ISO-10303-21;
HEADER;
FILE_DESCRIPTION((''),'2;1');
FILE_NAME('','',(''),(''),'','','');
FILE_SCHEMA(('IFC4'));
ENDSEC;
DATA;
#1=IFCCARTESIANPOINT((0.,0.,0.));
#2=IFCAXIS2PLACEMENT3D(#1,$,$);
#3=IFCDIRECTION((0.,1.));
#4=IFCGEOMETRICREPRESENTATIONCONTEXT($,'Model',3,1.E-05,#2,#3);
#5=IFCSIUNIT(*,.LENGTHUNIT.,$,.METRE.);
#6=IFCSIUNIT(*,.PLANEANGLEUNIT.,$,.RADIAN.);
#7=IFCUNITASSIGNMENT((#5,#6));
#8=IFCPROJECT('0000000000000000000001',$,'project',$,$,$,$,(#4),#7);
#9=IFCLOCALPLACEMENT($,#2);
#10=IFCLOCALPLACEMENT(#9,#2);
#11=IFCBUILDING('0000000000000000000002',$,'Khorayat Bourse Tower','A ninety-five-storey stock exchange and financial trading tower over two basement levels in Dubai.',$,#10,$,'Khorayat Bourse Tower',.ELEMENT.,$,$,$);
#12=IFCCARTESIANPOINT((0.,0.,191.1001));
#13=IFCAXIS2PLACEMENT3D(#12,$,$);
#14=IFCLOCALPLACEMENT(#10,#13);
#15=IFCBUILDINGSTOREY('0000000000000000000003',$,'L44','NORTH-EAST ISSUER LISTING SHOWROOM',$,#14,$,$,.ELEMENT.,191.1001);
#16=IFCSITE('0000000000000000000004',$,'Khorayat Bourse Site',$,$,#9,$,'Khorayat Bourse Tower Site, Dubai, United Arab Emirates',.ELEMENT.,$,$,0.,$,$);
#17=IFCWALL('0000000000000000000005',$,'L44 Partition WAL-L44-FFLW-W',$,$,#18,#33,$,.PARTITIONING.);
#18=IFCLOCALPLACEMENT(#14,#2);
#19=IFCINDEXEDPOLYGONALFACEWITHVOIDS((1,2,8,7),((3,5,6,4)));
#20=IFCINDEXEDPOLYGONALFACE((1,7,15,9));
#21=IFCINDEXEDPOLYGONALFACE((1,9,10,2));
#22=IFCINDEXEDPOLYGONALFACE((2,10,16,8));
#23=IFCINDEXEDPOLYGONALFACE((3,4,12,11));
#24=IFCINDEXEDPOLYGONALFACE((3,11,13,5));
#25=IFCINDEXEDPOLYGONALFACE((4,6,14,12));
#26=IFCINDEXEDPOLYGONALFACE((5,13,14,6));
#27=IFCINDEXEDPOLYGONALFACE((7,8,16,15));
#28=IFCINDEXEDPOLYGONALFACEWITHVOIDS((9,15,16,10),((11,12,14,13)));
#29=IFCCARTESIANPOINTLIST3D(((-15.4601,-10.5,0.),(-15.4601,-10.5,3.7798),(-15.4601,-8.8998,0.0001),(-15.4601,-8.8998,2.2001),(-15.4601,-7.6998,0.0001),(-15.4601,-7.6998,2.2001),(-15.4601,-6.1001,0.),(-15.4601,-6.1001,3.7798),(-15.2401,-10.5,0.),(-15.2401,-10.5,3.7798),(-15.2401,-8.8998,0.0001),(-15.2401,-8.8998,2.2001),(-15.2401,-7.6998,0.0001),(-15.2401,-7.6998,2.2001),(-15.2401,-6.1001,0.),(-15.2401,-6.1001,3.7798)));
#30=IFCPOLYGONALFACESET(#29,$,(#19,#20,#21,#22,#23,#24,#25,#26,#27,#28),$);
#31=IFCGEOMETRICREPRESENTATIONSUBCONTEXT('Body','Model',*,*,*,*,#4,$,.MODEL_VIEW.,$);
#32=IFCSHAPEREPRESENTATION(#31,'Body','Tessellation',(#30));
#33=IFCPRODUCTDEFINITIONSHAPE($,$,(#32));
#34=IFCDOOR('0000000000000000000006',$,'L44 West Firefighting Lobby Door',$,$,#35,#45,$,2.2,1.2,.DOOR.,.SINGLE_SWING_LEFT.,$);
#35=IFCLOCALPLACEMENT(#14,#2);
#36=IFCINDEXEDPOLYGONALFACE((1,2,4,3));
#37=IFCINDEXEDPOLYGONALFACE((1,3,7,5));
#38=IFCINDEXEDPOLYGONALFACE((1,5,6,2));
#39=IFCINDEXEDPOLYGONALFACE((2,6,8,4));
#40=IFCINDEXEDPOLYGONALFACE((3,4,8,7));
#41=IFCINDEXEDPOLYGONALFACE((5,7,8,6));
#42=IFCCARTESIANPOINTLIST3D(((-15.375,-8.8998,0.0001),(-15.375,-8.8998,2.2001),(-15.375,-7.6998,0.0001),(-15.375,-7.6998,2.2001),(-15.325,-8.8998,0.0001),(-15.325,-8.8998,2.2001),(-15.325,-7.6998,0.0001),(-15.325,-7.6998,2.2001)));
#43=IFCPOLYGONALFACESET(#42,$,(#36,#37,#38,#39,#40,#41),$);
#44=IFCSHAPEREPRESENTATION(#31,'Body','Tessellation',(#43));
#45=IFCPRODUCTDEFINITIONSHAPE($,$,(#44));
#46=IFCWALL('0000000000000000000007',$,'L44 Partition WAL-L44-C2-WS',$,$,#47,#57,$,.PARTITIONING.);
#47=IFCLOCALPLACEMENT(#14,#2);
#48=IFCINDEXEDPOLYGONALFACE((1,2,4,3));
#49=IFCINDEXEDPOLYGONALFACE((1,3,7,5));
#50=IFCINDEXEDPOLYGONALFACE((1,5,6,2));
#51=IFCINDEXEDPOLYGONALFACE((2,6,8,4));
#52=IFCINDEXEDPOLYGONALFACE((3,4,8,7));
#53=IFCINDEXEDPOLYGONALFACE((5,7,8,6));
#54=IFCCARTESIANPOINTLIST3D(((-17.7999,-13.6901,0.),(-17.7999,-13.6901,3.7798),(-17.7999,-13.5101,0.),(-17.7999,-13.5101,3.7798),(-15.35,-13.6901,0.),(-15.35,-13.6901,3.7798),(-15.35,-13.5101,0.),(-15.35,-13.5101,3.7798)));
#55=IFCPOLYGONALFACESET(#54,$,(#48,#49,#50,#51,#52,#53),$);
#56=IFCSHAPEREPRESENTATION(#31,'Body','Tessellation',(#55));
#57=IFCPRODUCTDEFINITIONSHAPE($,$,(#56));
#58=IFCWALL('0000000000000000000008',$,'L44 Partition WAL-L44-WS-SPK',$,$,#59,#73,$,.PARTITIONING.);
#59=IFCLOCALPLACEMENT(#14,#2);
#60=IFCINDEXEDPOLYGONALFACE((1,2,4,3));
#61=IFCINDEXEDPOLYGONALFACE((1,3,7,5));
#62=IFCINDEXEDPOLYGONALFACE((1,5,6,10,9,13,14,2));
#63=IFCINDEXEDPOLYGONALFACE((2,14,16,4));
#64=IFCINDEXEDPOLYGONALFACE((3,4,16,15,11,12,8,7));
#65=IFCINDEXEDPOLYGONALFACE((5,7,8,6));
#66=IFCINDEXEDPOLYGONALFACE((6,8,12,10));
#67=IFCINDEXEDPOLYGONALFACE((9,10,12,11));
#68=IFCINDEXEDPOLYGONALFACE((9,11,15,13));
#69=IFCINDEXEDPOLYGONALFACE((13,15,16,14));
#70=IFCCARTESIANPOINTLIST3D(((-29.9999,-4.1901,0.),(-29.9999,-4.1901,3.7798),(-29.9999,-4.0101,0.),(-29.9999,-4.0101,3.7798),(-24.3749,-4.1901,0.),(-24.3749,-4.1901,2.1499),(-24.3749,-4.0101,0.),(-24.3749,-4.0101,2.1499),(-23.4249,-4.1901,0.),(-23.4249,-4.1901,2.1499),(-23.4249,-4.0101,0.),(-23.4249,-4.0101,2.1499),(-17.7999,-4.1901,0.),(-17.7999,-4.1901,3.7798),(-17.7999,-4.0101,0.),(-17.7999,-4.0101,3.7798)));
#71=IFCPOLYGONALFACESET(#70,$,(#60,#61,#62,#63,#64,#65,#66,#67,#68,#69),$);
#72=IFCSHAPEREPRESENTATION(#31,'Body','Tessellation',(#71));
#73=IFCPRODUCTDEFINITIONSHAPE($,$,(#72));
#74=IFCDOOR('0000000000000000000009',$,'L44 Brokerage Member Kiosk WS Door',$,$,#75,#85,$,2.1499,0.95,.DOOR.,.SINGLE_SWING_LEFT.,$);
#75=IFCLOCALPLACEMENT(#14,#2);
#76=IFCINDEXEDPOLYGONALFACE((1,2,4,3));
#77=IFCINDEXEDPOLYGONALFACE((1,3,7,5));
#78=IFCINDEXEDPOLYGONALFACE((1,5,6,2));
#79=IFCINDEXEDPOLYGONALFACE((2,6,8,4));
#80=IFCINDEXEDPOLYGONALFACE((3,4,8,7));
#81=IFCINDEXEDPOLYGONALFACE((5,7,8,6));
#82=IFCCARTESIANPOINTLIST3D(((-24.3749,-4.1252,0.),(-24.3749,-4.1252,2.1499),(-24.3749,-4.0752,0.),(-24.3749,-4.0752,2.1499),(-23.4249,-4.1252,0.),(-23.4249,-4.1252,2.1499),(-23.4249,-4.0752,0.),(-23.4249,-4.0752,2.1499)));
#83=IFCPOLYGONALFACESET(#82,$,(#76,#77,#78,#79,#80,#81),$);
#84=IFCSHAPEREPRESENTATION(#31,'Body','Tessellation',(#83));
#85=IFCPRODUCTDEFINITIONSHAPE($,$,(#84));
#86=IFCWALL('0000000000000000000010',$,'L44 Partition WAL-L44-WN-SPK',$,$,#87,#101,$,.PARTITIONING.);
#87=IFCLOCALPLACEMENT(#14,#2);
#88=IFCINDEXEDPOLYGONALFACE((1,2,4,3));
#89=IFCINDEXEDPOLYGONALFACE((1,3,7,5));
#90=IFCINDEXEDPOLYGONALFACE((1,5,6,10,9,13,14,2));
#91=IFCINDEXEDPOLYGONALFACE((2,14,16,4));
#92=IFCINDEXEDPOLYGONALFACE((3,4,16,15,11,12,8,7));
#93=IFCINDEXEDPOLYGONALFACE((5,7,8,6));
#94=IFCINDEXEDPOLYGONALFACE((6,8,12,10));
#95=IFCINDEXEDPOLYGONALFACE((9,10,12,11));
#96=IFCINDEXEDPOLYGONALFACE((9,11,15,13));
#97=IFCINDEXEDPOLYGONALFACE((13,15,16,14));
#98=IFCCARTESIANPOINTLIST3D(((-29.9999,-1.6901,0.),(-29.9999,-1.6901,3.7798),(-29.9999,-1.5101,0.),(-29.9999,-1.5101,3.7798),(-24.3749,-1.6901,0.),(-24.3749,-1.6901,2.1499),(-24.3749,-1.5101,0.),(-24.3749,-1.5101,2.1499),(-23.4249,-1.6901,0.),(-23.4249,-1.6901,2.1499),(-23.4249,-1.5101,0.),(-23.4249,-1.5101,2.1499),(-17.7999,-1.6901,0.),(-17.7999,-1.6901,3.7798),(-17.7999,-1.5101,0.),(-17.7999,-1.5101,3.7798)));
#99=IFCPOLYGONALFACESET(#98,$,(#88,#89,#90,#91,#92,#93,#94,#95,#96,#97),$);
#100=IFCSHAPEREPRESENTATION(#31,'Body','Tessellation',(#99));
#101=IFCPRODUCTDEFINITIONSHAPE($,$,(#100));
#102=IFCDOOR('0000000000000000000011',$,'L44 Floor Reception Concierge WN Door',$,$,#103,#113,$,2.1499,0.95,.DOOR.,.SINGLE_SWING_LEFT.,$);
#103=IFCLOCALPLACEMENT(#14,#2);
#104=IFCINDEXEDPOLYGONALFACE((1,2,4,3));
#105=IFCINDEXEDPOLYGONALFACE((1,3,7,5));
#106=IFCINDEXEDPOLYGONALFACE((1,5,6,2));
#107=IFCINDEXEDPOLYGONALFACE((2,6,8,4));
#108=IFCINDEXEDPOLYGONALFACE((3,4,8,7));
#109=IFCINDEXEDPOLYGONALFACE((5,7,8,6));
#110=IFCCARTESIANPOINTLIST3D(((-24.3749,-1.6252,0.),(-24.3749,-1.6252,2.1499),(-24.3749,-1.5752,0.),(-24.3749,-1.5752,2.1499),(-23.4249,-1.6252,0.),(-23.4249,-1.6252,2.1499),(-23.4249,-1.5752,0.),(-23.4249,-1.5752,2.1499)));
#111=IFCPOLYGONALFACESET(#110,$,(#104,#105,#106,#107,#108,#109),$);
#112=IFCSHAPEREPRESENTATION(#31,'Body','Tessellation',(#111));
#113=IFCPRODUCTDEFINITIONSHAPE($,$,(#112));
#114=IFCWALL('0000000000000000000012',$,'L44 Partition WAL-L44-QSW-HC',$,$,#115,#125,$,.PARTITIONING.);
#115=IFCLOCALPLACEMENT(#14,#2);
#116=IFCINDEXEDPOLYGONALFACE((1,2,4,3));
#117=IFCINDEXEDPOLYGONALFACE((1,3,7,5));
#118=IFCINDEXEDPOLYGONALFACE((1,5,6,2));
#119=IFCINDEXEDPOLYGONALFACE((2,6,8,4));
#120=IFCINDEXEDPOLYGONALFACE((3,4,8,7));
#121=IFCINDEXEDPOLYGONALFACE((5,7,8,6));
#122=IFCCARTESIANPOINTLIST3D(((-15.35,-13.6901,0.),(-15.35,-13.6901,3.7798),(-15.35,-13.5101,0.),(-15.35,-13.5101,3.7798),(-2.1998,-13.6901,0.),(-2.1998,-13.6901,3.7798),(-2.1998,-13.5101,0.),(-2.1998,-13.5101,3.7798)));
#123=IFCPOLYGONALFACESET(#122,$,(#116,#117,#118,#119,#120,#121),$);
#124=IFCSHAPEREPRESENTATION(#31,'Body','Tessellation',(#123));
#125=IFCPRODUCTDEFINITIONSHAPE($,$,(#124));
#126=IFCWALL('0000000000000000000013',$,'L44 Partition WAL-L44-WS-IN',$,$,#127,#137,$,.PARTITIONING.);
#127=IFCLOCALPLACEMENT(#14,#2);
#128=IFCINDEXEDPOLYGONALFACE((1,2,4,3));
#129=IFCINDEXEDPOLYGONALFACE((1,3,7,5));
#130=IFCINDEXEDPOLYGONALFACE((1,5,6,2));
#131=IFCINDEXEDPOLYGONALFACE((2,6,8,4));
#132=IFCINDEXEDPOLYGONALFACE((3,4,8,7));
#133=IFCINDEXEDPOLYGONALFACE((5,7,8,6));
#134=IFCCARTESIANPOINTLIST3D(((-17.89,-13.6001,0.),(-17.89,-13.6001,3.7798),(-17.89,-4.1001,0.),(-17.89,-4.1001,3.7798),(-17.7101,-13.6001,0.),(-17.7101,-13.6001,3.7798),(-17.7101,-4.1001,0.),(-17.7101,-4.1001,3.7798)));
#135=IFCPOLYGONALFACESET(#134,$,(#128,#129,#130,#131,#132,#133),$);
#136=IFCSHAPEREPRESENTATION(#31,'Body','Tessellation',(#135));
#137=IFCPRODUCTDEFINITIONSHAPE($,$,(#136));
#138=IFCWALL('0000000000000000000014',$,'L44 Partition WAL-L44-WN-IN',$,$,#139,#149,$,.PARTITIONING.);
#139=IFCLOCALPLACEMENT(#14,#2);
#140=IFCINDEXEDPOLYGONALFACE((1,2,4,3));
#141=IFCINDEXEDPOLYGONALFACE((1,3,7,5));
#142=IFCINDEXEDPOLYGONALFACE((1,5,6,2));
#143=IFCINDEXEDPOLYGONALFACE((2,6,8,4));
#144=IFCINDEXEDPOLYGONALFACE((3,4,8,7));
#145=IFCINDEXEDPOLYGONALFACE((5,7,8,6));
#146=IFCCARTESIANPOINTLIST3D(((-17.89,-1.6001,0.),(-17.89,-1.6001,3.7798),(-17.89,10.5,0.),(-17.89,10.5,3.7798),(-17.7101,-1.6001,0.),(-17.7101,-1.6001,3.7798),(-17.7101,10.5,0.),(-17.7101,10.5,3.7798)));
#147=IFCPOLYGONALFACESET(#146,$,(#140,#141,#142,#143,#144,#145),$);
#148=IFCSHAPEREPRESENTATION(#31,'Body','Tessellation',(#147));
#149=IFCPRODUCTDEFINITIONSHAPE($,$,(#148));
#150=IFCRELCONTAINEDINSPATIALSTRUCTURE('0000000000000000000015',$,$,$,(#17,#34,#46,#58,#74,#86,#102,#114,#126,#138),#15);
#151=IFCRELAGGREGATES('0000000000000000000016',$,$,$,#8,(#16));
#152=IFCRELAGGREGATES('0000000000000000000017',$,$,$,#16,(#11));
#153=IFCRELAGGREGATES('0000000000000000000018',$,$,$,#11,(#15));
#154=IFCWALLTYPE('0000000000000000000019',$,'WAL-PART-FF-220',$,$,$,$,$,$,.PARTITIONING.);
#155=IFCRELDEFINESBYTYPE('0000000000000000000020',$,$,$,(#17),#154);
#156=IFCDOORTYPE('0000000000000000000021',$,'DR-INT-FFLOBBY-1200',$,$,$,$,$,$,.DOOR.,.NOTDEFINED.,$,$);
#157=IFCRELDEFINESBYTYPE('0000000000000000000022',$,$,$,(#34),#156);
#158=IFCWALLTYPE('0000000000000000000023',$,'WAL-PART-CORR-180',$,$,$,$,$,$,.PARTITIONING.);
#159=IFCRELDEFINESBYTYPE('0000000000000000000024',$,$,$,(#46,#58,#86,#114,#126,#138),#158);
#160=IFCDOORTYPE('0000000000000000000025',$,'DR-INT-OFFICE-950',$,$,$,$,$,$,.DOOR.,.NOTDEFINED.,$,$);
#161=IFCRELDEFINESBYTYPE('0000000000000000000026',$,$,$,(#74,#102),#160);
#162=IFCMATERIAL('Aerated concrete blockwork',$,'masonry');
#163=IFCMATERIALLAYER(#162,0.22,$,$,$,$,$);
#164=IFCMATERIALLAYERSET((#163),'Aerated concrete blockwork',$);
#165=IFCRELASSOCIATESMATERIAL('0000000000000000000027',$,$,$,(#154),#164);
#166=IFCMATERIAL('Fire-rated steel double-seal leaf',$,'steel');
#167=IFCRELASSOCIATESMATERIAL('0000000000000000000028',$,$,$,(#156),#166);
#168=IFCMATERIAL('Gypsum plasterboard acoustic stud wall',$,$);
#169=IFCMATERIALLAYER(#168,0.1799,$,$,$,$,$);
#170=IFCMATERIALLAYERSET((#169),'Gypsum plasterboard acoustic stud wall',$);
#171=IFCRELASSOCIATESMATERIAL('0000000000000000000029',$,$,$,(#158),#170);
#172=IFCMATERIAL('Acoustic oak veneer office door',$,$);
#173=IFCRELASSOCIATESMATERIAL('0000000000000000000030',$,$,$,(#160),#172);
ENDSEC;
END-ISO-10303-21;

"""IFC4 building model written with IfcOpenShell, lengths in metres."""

from ifc_helpers import new_model, si_unit, direction, frame, frame_2d, origin, place, context, subcontext, project, spatial, rectangle, extrude, source, transform, mapped, material, layer, layer_set, type_object, element, fill, save


model = new_model("IFC4")

# Units and contexts
model_context = context("Model", 3, precision=1e-05, world=origin(), true_north=direction((0.0, 1.0)))
body_context = subcontext(model_context, "Body", "Model", "MODEL_VIEW")
ifc_project = project(units=[si_unit("LENGTHUNIT", "METRE"), si_unit("PLANEANGLEUNIT", "RADIAN")], contexts=[model_context])

# Site, building, storey
site_placement = place(None, origin())
site = spatial("IfcSite", under=ifc_project, at=site_placement, Name="Khorayat Bourse Site", LongName="Khorayat Bourse Tower Site, Dubai, United Arab Emirates", CompositionType="ELEMENT", RefElevation=0.0)
building_placement = place(site_placement, origin())
building = spatial("IfcBuilding", under=site, at=building_placement, Name="Khorayat Bourse Tower", Description="A ninety-five-storey stock exchange and financial trading tower over two basement levels in Dubai.", LongName="Khorayat Bourse Tower", CompositionType="ELEMENT")
storey_placement = place(building_placement, frame((0.0, 0.0, 191.1001)))
storey = spatial("IfcBuildingStorey", under=building, at=storey_placement, Name="L44", Description="NORTH-EAST ISSUER LISTING SHOWROOM", CompositionType="ELEMENT", Elevation=191.1001)

# Shared definitions
ifc_material_1 = material(Name="Aerated concrete blockwork", Category="masonry")
ifc_layer_1 = layer(ifc_material_1, 0.22)
ifc_layer_set_1 = layer_set([ifc_layer_1], Name="Aerated concrete blockwork")
wall_type_1 = type_object("IfcWallType", Name="WAL-PART-FF-220", PredefinedType="PARTITIONING", material=ifc_layer_set_1)

# Wall, opening, door
shared_shape_1 = source(origin(), body_context, "Body", "SweptSolid", [
    extrude(rectangle(XDim=4.3999, YDim=0.22, at=frame_2d((2.2, 0.0))), origin(), (0.0, 0.0, 1.0), 3.7798),
])
wall_1_placement = place(storey_placement, frame((-15.3501, -10.5, 0.0), z_axis=(0.0, 0.0, 1.0), x_axis=(0.0, 1.0, 0.0)))
wall_1 = element("IfcWall", 1, at=wall_1_placement, inside=storey, type_object=wall_type_1, Name="L44 Partition WAL-L44-FFLW-W", PredefinedType="PARTITIONING", context=body_context, shape_type="MappedRepresentation", body=[
    mapped(shared_shape_1, transform((0.0, 0.0, 0.0), scale=1.0)),
])
shared_shape_2 = source(origin(), body_context, "Body", "SweptSolid", [
    extrude(rectangle(XDim=1.2, YDim=2.2, at=frame_2d((0.6001, 1.1001))), frame((0.0, 0.1199, 0.0), z_axis=(0.0, -1.0, 0.0), x_axis=(1.0, 0.0, 0.0)), (0.0, 0.0, 1.0), 0.24),
])
opening_1_placement = place(wall_1_placement, frame((1.6001, 0.0, 0.0)))
opening_1 = element("IfcOpeningElement", 2, at=opening_1_placement, cuts=wall_1, PredefinedType="OPENING", context=body_context, shape_type="MappedRepresentation", body=[
    mapped(shared_shape_2, transform((0.0, 0.0, 0.0), scale=1.0)),
])
ifc_material_2 = material(Name="Fire-rated steel double-seal leaf", Category="steel")
door_type_1 = type_object("IfcDoorType", Name="DR-INT-FFLOBBY-1200", OperationType="NOTDEFINED", PredefinedType="DOOR", material=ifc_material_2)
shared_shape_3 = source(origin(), body_context, "Body", "SweptSolid", [
    extrude(rectangle(XDim=1.2, YDim=2.2, at=frame_2d((0.6001, 1.1001))), frame((0.0, 0.0249, 0.0), z_axis=(0.0, -1.0, 0.0), x_axis=(1.0, 0.0, 0.0)), (0.0, 0.0, 1.0), 0.05),
])
door_1_placement = place(opening_1_placement, origin())
door_1 = element("IfcDoor", 3, at=door_1_placement, inside=storey, type_object=door_type_1, Name="L44 West Firefighting Lobby Door", OperationType="SINGLE_SWING_LEFT", OverallHeight=2.2, OverallWidth=1.2, PredefinedType="DOOR", context=body_context, shape_type="MappedRepresentation", body=[
    mapped(shared_shape_3, transform((0.0, 0.0, 0.0), scale=1.0)),
])
fill(opening_1, door_1)

# Wall
ifc_material_3 = material(Name="Gypsum plasterboard acoustic stud wall")
ifc_layer_2 = layer(ifc_material_3, 0.1799)
ifc_layer_set_2 = layer_set([ifc_layer_2], Name="Gypsum plasterboard acoustic stud wall")
wall_type_2 = type_object("IfcWallType", Name="WAL-PART-CORR-180", PredefinedType="PARTITIONING", material=ifc_layer_set_2)
shared_shape_4 = source(origin(), body_context, "Body", "SweptSolid", [
    extrude(rectangle(XDim=2.45, YDim=0.1799, at=frame_2d((1.2251, 0.0))), origin(), (0.0, 0.0, 1.0), 3.7798),
])
wall_2_placement = place(storey_placement, frame((-17.8, -13.6001, 0.0), z_axis=(0.0, 0.0, 1.0), x_axis=(1.0, 0.0, 0.0)))
element("IfcWall", 4, at=wall_2_placement, inside=storey, type_object=wall_type_2, Name="L44 Partition WAL-L44-C2-WS", PredefinedType="PARTITIONING", context=body_context, shape_type="MappedRepresentation", body=[
    mapped(shared_shape_4, transform((0.0, 0.0, 0.0), scale=1.0)),
])

# Walls, openings, doors
shared_shape_5 = source(origin(), body_context, "Body", "SweptSolid", [
    extrude(rectangle(XDim=12.2, YDim=0.1799, at=frame_2d((6.1001, 0.0))), origin(), (0.0, 0.0, 1.0), 3.7798),
])
wall_3_placement = place(storey_placement, frame((-30.0, -4.1001, 0.0), z_axis=(0.0, 0.0, 1.0), x_axis=(1.0, 0.0, 0.0)))
wall_3 = element("IfcWall", 5, at=wall_3_placement, inside=storey, type_object=wall_type_2, Name="L44 Partition WAL-L44-WS-SPK", PredefinedType="PARTITIONING", context=body_context, shape_type="MappedRepresentation", body=[
    mapped(shared_shape_5, transform((0.0, 0.0, 0.0), scale=1.0)),
])
shared_shape_6 = source(origin(), body_context, "Body", "SweptSolid", [
    extrude(rectangle(XDim=0.95, YDim=2.1499, at=frame_2d((0.4751, 1.075))), frame((0.0, 0.0999, 0.0), z_axis=(0.0, -1.0, 0.0), x_axis=(1.0, 0.0, 0.0)), (0.0, 0.0, 1.0), 0.2),
])
opening_2_placement = place(wall_3_placement, frame((5.625, 0.0, 0.0)))
opening_2 = element("IfcOpeningElement", 6, at=opening_2_placement, cuts=wall_3, PredefinedType="OPENING", context=body_context, shape_type="MappedRepresentation", body=[
    mapped(shared_shape_6, transform((0.0, 0.0, 0.0), scale=1.0)),
])
ifc_material_4 = material(Name="Acoustic oak veneer office door")
door_type_2 = type_object("IfcDoorType", Name="DR-INT-OFFICE-950", OperationType="NOTDEFINED", PredefinedType="DOOR", material=ifc_material_4)
shared_shape_7 = source(origin(), body_context, "Body", "SweptSolid", [
    extrude(rectangle(XDim=0.95, YDim=2.1499, at=frame_2d((0.4751, 1.075))), frame((0.0, 0.0249, 0.0), z_axis=(0.0, -1.0, 0.0), x_axis=(1.0, 0.0, 0.0)), (0.0, 0.0, 1.0), 0.05),
])
door_2_placement = place(opening_2_placement, origin())
door_2 = element("IfcDoor", 7, at=door_2_placement, inside=storey, type_object=door_type_2, Name="L44 Brokerage Member Kiosk WS Door", OperationType="SINGLE_SWING_LEFT", OverallHeight=2.1499, OverallWidth=0.95, PredefinedType="DOOR", context=body_context, shape_type="MappedRepresentation", body=[
    mapped(shared_shape_7, transform((0.0, 0.0, 0.0), scale=1.0)),
])
fill(opening_2, door_2)
wall_4_placement = place(storey_placement, frame((-30.0, -1.6001, 0.0), z_axis=(0.0, 0.0, 1.0), x_axis=(1.0, 0.0, 0.0)))
wall_4 = element("IfcWall", 8, at=wall_4_placement, inside=storey, type_object=wall_type_2, Name="L44 Partition WAL-L44-WN-SPK", PredefinedType="PARTITIONING", context=body_context, shape_type="MappedRepresentation", body=[
    mapped(shared_shape_5, transform((0.0, 0.0, 0.0), scale=1.0)),
])
opening_3_placement = place(wall_4_placement, frame((5.625, 0.0, 0.0)))
opening_3 = element("IfcOpeningElement", 9, at=opening_3_placement, cuts=wall_4, PredefinedType="OPENING", context=body_context, shape_type="MappedRepresentation", body=[
    mapped(shared_shape_6, transform((0.0, 0.0, 0.0), scale=1.0)),
])
door_3_placement = place(opening_3_placement, origin())
door_3 = element("IfcDoor", 10, at=door_3_placement, inside=storey, type_object=door_type_2, Name="L44 Floor Reception Concierge WN Door", OperationType="SINGLE_SWING_LEFT", OverallHeight=2.1499, OverallWidth=0.95, PredefinedType="DOOR", context=body_context, shape_type="MappedRepresentation", body=[
    mapped(shared_shape_7, transform((0.0, 0.0, 0.0), scale=1.0)),
])
fill(opening_3, door_3)

# Walls
shared_shape_8 = source(origin(), body_context, "Body", "SweptSolid", [
    extrude(rectangle(XDim=13.1501, YDim=0.1799, at=frame_2d((6.5752, 0.0))), origin(), (0.0, 0.0, 1.0), 3.7798),
])
wall_5_placement = place(storey_placement, frame((-15.3501, -13.6001, 0.0), z_axis=(0.0, 0.0, 1.0), x_axis=(1.0, 0.0, 0.0)))
element("IfcWall", 11, at=wall_5_placement, inside=storey, type_object=wall_type_2, Name="L44 Partition WAL-L44-QSW-HC", PredefinedType="PARTITIONING", context=body_context, shape_type="MappedRepresentation", body=[
    mapped(shared_shape_8, transform((0.0, 0.0, 0.0), scale=1.0)),
])
shared_shape_9 = source(origin(), body_context, "Body", "SweptSolid", [
    extrude(rectangle(XDim=9.5, YDim=0.1799, at=frame_2d((4.75, 0.0))), origin(), (0.0, 0.0, 1.0), 3.7798),
])
wall_6_placement = place(storey_placement, frame((-17.8, -13.6001, 0.0), z_axis=(0.0, 0.0, 1.0), x_axis=(0.0, 1.0, 0.0)))
element("IfcWall", 12, at=wall_6_placement, inside=storey, type_object=wall_type_2, Name="L44 Partition WAL-L44-WS-IN", PredefinedType="PARTITIONING", context=body_context, shape_type="MappedRepresentation", body=[
    mapped(shared_shape_9, transform((0.0, 0.0, 0.0), scale=1.0)),
])
shared_shape_10 = source(origin(), body_context, "Body", "SweptSolid", [
    extrude(rectangle(XDim=12.1001, YDim=0.1799, at=frame_2d((6.05, 0.0))), origin(), (0.0, 0.0, 1.0), 3.7798),
])
wall_7_placement = place(storey_placement, frame((-17.8, -1.6001, 0.0), z_axis=(0.0, 0.0, 1.0), x_axis=(0.0, 1.0, 0.0)))
element("IfcWall", 13, at=wall_7_placement, inside=storey, type_object=wall_type_2, Name="L44 Partition WAL-L44-WN-IN", PredefinedType="PARTITIONING", context=body_context, shape_type="MappedRepresentation", body=[
    mapped(shared_shape_10, transform((0.0, 0.0, 0.0), scale=1.0)),
])

save(model, "model.ifc")
